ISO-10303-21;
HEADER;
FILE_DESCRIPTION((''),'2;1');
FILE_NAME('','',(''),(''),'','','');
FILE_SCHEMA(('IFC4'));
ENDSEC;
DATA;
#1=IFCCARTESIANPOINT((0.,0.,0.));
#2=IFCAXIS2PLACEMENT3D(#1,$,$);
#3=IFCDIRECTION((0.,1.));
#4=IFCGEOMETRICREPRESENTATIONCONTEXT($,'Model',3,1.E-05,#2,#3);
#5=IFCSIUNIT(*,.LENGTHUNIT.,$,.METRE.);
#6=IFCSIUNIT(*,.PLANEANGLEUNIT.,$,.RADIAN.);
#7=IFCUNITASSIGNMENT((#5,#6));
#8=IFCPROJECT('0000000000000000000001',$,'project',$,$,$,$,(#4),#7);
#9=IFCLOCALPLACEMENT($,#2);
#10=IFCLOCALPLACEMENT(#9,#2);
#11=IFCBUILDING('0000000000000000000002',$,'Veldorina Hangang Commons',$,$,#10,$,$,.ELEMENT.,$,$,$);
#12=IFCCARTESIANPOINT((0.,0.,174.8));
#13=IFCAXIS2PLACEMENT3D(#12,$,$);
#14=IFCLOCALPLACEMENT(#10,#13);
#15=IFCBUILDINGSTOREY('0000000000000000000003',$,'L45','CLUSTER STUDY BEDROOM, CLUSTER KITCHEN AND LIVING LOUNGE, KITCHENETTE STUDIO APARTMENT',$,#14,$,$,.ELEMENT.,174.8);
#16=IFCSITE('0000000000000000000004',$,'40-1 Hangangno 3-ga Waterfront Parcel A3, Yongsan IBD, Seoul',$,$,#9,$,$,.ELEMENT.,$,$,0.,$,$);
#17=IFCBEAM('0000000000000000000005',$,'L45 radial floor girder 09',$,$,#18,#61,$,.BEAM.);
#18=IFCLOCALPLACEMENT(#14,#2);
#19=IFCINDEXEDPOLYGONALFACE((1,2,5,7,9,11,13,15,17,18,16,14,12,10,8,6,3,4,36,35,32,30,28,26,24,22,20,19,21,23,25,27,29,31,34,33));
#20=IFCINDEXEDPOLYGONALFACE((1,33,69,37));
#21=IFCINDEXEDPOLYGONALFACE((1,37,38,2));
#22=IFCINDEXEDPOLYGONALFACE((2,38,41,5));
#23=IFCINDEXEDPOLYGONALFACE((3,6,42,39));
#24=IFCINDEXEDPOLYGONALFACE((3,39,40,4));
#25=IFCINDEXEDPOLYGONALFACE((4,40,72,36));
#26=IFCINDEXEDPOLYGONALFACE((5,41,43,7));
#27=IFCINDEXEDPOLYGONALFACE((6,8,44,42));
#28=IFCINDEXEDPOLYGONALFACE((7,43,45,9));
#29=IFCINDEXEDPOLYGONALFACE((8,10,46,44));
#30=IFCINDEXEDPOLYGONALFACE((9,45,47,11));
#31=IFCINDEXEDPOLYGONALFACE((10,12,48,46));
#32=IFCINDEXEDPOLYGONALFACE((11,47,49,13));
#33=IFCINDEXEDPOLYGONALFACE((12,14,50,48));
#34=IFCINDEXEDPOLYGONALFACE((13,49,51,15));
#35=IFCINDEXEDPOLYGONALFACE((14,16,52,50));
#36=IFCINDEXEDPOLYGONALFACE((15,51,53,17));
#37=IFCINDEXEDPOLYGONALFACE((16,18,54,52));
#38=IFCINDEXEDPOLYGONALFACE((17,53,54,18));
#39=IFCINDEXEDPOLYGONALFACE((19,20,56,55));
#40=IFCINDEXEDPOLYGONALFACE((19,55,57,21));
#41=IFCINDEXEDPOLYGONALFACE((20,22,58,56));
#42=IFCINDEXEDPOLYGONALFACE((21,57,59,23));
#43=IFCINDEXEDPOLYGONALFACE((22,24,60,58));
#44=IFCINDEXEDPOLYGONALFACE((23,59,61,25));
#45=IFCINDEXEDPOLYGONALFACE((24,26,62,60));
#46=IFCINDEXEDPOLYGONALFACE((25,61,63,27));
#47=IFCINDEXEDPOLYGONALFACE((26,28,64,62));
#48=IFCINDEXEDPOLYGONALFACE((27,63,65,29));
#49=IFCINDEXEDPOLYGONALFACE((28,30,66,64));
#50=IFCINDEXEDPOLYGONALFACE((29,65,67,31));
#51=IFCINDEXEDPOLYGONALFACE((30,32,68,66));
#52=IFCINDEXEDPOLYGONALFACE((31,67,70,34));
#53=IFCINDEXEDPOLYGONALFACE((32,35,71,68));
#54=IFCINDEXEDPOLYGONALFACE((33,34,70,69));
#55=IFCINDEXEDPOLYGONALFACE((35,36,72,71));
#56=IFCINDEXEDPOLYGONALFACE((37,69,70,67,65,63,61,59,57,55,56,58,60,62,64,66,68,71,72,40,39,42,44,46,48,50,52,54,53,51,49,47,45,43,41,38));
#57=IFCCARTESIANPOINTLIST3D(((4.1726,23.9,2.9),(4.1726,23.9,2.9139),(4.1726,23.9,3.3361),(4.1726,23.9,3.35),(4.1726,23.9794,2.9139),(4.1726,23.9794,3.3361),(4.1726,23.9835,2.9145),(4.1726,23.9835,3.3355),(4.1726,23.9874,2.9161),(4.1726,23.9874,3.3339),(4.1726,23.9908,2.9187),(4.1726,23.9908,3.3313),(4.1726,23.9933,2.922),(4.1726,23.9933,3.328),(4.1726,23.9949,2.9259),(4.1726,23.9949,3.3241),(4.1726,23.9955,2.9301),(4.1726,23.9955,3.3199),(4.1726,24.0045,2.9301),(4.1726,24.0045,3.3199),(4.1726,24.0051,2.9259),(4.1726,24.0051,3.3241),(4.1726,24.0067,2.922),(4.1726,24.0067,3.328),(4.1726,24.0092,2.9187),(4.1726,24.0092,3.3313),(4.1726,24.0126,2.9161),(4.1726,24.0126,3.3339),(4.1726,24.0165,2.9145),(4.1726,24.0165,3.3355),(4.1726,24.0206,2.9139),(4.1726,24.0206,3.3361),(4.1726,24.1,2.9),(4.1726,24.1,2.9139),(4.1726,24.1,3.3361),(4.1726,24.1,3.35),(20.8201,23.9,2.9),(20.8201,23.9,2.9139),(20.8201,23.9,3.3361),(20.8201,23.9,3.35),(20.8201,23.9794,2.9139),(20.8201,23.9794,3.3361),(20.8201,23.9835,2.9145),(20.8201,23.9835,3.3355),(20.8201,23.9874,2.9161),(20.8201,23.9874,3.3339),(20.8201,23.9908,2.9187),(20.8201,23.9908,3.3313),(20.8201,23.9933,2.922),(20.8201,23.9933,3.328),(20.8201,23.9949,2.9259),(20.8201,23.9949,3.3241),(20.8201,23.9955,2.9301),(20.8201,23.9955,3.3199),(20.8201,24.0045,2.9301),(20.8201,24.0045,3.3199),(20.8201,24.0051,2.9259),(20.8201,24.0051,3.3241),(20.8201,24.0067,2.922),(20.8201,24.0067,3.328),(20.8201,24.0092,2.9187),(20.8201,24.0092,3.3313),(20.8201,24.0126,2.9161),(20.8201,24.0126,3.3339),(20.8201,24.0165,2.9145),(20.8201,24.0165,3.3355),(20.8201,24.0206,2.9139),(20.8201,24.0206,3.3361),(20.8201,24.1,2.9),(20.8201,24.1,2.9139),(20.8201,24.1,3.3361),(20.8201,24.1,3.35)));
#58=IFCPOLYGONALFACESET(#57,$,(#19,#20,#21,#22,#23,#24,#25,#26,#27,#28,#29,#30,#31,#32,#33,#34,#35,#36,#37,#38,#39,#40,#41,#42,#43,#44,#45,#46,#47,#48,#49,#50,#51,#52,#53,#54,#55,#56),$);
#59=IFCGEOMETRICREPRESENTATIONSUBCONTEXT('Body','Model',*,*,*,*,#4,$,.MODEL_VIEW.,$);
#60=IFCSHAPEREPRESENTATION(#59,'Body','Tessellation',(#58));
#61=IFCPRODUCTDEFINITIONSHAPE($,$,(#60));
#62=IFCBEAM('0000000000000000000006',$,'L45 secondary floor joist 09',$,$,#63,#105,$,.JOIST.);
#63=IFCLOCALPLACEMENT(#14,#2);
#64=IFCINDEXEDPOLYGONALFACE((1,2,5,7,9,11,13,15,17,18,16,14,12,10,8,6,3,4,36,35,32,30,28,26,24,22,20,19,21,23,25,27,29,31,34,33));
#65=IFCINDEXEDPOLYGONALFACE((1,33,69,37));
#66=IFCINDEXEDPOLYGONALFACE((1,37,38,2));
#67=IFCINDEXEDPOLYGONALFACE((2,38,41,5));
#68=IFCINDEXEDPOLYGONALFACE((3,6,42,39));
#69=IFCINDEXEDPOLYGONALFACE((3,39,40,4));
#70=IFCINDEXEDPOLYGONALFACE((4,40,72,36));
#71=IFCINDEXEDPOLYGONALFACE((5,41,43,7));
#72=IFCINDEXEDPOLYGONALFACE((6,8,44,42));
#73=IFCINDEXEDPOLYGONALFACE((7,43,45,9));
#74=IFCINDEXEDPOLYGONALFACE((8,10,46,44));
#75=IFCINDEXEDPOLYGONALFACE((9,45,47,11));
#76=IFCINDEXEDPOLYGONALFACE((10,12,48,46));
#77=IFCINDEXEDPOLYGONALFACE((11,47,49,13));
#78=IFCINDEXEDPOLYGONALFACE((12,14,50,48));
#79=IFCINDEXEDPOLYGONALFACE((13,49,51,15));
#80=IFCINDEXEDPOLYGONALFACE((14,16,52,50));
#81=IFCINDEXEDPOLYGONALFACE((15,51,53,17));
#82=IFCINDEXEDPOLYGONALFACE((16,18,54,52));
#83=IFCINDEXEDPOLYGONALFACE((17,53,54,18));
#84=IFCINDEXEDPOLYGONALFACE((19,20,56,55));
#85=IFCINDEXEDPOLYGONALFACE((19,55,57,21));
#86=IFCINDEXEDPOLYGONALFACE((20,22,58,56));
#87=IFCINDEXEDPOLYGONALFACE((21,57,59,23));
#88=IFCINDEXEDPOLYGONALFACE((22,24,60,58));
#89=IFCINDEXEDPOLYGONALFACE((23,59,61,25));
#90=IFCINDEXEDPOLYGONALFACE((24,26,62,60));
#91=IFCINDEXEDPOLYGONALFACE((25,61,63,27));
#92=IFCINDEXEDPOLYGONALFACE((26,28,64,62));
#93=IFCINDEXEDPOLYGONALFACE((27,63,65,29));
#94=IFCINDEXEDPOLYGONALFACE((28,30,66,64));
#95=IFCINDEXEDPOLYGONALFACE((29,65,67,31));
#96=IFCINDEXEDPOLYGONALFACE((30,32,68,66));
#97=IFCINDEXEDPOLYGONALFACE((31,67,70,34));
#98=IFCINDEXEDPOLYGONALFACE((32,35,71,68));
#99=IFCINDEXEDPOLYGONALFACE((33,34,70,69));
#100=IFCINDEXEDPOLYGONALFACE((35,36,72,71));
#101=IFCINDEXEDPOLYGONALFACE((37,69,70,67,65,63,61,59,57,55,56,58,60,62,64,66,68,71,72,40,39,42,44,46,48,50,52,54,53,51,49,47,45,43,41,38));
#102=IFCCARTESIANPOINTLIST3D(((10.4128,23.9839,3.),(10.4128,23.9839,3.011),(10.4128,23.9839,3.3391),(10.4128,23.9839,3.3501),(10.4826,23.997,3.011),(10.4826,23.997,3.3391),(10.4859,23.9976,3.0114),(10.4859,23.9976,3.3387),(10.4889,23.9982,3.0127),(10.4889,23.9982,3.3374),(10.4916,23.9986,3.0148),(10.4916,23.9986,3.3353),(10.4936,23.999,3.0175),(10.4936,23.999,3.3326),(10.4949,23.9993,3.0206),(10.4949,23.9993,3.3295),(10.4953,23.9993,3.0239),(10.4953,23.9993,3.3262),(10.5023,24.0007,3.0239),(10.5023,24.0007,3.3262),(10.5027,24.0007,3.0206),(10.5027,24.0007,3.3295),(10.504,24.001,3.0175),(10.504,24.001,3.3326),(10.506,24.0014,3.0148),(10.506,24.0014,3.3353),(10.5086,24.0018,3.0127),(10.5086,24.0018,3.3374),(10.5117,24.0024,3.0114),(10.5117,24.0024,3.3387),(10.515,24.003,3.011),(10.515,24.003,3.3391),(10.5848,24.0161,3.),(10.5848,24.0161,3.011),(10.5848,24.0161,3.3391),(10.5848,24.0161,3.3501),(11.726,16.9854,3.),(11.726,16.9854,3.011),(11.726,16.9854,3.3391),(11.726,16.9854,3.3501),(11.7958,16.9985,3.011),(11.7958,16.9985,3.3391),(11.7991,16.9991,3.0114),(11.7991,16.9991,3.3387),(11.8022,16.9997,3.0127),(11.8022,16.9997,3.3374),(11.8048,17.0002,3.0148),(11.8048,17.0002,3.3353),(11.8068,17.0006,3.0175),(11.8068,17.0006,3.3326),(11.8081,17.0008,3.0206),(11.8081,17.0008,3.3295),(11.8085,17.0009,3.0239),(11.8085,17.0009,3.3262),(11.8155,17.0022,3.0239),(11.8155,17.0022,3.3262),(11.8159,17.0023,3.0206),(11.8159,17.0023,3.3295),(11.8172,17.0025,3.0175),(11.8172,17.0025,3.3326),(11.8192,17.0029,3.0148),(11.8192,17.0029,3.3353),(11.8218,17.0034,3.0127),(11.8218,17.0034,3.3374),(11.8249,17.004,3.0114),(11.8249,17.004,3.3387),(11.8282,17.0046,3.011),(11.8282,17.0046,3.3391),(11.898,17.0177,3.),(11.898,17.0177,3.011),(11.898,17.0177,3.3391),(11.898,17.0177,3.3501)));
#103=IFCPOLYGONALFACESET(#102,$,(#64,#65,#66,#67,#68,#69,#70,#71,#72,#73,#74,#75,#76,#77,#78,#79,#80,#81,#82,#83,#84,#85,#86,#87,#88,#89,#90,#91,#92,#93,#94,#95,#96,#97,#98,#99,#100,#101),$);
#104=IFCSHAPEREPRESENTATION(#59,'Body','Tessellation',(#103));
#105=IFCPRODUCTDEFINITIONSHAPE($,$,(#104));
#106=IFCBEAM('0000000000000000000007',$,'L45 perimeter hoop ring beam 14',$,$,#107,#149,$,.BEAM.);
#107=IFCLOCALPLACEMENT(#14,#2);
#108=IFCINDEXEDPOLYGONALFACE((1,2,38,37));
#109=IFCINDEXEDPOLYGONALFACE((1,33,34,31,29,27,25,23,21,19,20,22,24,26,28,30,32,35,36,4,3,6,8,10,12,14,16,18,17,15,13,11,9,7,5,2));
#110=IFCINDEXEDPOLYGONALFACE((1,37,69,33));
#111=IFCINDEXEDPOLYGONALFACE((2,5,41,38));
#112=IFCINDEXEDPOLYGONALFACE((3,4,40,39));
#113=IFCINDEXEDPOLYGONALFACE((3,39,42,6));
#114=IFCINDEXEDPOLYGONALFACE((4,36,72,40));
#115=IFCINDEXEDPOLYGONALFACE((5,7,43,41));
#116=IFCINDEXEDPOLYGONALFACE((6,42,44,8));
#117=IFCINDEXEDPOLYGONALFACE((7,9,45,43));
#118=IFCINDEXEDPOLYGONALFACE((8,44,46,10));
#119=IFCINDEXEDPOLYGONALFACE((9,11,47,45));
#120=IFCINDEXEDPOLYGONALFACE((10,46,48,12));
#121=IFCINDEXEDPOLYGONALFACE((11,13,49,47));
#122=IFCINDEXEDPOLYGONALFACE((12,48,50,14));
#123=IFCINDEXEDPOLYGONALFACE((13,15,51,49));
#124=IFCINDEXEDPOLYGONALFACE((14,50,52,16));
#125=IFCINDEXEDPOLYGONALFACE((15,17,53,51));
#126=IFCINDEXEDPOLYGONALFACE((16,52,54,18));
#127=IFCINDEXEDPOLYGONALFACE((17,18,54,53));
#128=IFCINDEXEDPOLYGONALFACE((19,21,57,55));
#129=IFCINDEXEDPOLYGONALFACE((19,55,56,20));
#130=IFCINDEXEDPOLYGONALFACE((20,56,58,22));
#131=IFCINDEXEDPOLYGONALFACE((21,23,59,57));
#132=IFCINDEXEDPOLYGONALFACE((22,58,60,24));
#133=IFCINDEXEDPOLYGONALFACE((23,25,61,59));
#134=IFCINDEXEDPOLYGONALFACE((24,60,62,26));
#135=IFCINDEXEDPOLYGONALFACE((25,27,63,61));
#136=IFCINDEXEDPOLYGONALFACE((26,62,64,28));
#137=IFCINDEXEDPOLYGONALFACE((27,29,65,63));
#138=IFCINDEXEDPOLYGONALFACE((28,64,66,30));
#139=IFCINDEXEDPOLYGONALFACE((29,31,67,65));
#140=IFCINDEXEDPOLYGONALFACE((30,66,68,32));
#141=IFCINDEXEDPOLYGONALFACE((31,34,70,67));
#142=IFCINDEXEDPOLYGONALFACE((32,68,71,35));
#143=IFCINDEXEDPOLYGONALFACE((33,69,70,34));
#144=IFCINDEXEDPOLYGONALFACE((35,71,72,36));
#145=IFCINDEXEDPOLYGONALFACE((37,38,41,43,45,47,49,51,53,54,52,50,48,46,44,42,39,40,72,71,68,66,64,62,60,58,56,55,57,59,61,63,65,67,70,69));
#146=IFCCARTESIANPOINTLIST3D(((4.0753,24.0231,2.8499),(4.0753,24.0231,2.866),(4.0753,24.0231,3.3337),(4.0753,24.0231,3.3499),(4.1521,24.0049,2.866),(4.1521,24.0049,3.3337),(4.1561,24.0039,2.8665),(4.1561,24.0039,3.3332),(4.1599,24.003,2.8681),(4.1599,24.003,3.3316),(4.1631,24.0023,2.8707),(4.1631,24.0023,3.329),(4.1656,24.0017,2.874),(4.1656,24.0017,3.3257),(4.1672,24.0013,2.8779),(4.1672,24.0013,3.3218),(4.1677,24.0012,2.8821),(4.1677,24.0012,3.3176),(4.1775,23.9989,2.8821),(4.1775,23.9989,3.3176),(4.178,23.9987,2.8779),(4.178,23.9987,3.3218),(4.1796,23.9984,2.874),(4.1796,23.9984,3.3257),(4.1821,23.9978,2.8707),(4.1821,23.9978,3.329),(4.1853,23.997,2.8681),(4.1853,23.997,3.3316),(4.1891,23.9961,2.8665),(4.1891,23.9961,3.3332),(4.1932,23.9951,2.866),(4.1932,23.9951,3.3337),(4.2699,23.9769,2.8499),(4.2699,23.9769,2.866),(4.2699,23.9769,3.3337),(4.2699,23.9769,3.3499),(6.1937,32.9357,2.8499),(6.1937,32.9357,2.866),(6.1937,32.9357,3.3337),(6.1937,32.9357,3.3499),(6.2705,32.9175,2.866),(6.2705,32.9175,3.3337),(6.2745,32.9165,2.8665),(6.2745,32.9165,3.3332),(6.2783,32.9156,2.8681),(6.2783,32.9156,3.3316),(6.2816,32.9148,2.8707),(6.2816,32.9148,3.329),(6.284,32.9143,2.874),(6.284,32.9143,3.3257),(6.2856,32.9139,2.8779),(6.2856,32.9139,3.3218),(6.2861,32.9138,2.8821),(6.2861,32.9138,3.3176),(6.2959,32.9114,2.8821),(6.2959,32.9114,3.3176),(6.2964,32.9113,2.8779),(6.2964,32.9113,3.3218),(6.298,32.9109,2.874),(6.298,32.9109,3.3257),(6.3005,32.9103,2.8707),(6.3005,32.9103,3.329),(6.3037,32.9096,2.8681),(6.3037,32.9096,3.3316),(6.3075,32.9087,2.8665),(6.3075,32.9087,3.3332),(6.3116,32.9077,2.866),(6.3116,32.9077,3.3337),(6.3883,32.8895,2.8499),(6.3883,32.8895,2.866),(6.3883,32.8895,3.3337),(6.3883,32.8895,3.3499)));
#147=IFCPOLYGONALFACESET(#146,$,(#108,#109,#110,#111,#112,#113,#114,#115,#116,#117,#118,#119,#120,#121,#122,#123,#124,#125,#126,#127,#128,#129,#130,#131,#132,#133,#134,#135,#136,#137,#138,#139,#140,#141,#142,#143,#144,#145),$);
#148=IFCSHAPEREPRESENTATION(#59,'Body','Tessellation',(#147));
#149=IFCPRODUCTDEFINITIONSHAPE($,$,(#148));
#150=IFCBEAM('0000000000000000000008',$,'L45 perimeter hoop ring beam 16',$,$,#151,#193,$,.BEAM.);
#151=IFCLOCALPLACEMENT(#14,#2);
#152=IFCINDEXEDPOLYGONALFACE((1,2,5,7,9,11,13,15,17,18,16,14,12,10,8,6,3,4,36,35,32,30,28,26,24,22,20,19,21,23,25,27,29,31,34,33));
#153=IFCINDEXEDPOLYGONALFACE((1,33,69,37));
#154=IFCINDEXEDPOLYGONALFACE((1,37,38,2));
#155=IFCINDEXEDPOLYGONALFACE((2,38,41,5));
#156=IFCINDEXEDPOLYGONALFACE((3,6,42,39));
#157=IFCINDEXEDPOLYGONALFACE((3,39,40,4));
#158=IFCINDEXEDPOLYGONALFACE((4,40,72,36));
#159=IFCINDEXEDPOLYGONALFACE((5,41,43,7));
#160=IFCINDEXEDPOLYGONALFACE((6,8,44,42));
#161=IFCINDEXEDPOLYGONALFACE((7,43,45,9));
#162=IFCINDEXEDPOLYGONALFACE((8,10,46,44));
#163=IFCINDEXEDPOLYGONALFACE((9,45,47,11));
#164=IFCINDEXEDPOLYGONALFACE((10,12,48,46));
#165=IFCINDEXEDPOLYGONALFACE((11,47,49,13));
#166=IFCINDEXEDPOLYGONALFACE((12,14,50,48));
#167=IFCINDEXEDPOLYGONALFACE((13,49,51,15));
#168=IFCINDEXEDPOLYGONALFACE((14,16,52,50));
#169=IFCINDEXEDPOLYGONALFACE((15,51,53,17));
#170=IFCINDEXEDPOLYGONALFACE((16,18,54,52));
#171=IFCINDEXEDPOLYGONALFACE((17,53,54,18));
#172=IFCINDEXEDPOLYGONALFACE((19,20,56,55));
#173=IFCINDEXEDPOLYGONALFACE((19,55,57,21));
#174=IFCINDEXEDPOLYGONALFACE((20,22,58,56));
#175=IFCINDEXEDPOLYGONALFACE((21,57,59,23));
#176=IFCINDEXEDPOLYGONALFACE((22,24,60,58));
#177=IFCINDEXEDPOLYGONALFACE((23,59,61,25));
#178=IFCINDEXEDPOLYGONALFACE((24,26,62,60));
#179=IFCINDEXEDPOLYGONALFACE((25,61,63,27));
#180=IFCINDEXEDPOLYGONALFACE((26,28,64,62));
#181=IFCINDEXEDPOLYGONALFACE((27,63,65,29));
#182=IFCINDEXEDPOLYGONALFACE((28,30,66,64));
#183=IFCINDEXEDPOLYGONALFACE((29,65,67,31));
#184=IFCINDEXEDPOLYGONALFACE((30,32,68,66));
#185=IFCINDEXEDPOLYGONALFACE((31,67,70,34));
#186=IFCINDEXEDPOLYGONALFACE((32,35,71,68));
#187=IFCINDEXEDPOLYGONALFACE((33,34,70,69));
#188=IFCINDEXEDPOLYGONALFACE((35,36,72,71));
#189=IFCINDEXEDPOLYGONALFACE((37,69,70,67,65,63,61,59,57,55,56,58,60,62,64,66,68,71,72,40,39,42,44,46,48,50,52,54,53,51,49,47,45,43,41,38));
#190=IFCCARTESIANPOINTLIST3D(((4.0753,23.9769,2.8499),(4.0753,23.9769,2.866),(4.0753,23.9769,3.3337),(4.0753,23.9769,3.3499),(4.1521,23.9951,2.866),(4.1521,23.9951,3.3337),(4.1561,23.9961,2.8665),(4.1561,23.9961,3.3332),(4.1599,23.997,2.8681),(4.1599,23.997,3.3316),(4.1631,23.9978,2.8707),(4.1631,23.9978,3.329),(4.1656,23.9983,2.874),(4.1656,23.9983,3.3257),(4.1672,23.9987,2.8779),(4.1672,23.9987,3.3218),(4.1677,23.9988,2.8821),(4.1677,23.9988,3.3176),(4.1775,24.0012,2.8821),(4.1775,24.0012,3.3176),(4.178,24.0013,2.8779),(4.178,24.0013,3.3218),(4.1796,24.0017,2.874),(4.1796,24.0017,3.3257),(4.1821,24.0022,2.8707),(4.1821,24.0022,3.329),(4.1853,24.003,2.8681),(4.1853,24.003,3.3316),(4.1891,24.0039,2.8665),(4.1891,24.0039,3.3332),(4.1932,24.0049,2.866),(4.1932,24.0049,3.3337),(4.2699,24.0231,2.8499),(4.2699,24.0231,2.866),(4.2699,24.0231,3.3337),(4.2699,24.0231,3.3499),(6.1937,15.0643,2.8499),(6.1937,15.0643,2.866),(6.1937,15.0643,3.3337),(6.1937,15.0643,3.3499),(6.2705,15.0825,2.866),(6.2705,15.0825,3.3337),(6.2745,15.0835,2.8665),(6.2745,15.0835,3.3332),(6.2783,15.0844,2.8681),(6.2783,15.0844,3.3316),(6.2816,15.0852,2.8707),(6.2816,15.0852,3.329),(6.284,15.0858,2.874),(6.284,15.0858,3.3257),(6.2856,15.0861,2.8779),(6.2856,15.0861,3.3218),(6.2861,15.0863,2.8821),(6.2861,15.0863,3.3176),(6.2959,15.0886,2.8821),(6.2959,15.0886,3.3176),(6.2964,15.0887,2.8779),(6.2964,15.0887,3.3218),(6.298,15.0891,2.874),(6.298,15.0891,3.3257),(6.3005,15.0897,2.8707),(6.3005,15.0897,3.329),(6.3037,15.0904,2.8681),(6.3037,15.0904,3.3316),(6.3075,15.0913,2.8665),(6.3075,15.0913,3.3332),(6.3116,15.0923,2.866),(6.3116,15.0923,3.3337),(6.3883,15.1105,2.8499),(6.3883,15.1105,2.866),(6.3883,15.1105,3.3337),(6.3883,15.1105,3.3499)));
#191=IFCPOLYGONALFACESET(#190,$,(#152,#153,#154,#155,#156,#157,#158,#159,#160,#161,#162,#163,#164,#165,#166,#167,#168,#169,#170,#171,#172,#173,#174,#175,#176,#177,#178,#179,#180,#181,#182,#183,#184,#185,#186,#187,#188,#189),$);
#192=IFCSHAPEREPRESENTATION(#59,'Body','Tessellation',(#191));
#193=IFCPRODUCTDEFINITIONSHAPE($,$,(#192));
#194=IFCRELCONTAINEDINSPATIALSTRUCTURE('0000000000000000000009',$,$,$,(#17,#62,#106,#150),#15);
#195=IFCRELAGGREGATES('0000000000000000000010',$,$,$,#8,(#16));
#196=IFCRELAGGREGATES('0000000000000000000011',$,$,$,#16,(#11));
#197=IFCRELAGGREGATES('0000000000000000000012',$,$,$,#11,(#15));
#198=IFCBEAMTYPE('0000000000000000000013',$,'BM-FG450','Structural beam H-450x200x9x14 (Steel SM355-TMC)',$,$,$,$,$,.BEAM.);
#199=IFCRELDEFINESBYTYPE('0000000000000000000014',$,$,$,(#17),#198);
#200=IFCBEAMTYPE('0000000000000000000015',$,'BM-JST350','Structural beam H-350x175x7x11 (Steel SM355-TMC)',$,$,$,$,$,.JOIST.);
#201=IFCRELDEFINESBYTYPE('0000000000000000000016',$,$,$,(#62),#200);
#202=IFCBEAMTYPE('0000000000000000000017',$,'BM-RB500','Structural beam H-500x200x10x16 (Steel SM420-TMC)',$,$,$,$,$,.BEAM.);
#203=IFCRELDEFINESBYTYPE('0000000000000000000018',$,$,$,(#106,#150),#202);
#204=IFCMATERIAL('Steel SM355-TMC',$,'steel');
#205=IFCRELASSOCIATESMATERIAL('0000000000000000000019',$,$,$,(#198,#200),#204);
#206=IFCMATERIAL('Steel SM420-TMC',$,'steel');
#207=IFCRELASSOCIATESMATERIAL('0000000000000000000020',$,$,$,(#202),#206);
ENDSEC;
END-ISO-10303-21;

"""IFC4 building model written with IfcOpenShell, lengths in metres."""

from ifc_helpers import new_model, si_unit, direction, frame, origin, origin_2d, place, context, subcontext, project, spatial, i_section, extrude, material, material_profile, profile_set, type_object, element, save


model = new_model("IFC4")

# Units and contexts
model_context = context("Model", 3, precision=1e-05, world=origin(), true_north=direction((0.0, 1.0)))
body_context = subcontext(model_context, "Body", "Model", "MODEL_VIEW")
ifc_project = project(units=[si_unit("LENGTHUNIT", "METRE"), si_unit("PLANEANGLEUNIT", "RADIAN")], contexts=[model_context])

# Site, building, storey
site_placement = place(None, origin())
site = spatial("IfcSite", under=ifc_project, at=site_placement, Name="40-1 Hangangno 3-ga Waterfront Parcel A3, Yongsan IBD, Seoul", CompositionType="ELEMENT", RefElevation=0.0)
building_placement = place(site_placement, origin())
building = spatial("IfcBuilding", under=site, at=building_placement, Name="Veldorina Hangang Commons", CompositionType="ELEMENT")
storey_placement = place(building_placement, frame((0.0, 0.0, 174.8)))
storey = spatial("IfcBuildingStorey", under=building, at=storey_placement, Name="L45", Description="CLUSTER STUDY BEDROOM, CLUSTER KITCHEN AND LIVING LOUNGE, KITCHENETTE STUDIO APARTMENT", CompositionType="ELEMENT", Elevation=174.8)

# Beams
ifc_material_1 = material(Name="Steel SM355-TMC", Category="steel")
ifc_material_profile_1 = material_profile(ifc_material_1, i_section(OverallWidth=0.2, OverallDepth=0.45, WebThickness=0.009, FlangeThickness=0.0139, FilletRadius=0.0161, at=origin_2d()), Name="H-450x200x9x14")
ifc_profile_set_1 = profile_set([ifc_material_profile_1], Name="Steel SM355-TMC")
beam_type_1 = type_object("IfcBeamType", Name="BM-FG450", Description="Structural beam H-450x200x9x14 (Steel SM355-TMC)", PredefinedType="BEAM", material=ifc_profile_set_1)
beam_1_placement = place(storey_placement, frame((20.8201, 24.0, 3.125), z_axis=(-1.0, 0.0, 0.0), x_axis=(0.0, -1.0, 0.0)))
element("IfcBeam", 1, at=beam_1_placement, inside=storey, type_object=beam_type_1, Name="L45 radial floor girder 09", PredefinedType="BEAM", context=body_context, shape_type="SweptSolid", body=[
    extrude(i_section(OverallWidth=0.2, OverallDepth=0.45, WebThickness=0.009, FlangeThickness=0.0139, FilletRadius=0.0161, at=origin_2d()), origin(), (0.0, 0.0, 1.0), 16.6475),
])
ifc_material_profile_2 = material_profile(ifc_material_1, i_section(OverallWidth=0.175, OverallDepth=0.3501, WebThickness=0.0071, FlangeThickness=0.011, FilletRadius=0.0129, at=origin_2d()), Name="H-350x175x7x11")
ifc_profile_set_2 = profile_set([ifc_material_profile_2], Name="Steel SM355-TMC")
beam_type_2 = type_object("IfcBeamType", Name="BM-JST350", Description="Structural beam H-350x175x7x11 (Steel SM355-TMC)", PredefinedType="JOIST", material=ifc_profile_set_2)
beam_2_placement = place(storey_placement, frame((10.4988, 24.0, 3.175), z_axis=(0.184425, -0.982847, 0.0), x_axis=(0.982847, 0.184425, 0.0)))
element("IfcBeam", 2, at=beam_2_placement, inside=storey, type_object=beam_type_2, Name="L45 secondary floor joist 09", PredefinedType="JOIST", context=body_context, shape_type="SweptSolid", body=[
    extrude(i_section(OverallWidth=0.175, OverallDepth=0.3501, WebThickness=0.0071, FlangeThickness=0.011, FilletRadius=0.0129, at=origin_2d()), origin(), (0.0, 0.0, 1.0), 7.1206),
])
ifc_material_2 = material(Name="Steel SM420-TMC", Category="steel")
ifc_material_profile_3 = material_profile(ifc_material_2, i_section(OverallWidth=0.2, OverallDepth=0.5, WebThickness=0.01, FlangeThickness=0.0161, FilletRadius=0.0161, at=origin_2d()), Name="H-500x200x10x16")
ifc_profile_set_3 = profile_set([ifc_material_profile_3], Name="Steel SM420-TMC")
beam_type_3 = type_object("IfcBeamType", Name="BM-RB500", Description="Structural beam H-500x200x10x16 (Steel SM420-TMC)", PredefinedType="BEAM", material=ifc_profile_set_3)
for number, where, z_axis, x_axis, name in (
    (3, (6.291, 32.9126, 3.0999), (-0.231245, -0.972896, 0.0), (0.972896, -0.231245, 0.0), "L45 perimeter hoop ring beam 14"),
    (4, (4.1726, 24.0, 3.0999), (0.231245, -0.972896, 0.0), (0.972896, 0.231245, 0.0), "L45 perimeter hoop ring beam 16"),
):
    element("IfcBeam", number, at=place(storey_placement, frame(where, z_axis=z_axis, x_axis=x_axis)), inside=storey, type_object=beam_type_3, Name=name, PredefinedType="BEAM", context=body_context, shape_type="SweptSolid", body=[
        extrude(i_section(OverallWidth=0.2, OverallDepth=0.5, WebThickness=0.01, FlangeThickness=0.0161, FilletRadius=0.0161, at=origin_2d()), origin(), (0.0, 0.0, 1.0), 9.1609),
    ])

save(model, "model.ifc")
